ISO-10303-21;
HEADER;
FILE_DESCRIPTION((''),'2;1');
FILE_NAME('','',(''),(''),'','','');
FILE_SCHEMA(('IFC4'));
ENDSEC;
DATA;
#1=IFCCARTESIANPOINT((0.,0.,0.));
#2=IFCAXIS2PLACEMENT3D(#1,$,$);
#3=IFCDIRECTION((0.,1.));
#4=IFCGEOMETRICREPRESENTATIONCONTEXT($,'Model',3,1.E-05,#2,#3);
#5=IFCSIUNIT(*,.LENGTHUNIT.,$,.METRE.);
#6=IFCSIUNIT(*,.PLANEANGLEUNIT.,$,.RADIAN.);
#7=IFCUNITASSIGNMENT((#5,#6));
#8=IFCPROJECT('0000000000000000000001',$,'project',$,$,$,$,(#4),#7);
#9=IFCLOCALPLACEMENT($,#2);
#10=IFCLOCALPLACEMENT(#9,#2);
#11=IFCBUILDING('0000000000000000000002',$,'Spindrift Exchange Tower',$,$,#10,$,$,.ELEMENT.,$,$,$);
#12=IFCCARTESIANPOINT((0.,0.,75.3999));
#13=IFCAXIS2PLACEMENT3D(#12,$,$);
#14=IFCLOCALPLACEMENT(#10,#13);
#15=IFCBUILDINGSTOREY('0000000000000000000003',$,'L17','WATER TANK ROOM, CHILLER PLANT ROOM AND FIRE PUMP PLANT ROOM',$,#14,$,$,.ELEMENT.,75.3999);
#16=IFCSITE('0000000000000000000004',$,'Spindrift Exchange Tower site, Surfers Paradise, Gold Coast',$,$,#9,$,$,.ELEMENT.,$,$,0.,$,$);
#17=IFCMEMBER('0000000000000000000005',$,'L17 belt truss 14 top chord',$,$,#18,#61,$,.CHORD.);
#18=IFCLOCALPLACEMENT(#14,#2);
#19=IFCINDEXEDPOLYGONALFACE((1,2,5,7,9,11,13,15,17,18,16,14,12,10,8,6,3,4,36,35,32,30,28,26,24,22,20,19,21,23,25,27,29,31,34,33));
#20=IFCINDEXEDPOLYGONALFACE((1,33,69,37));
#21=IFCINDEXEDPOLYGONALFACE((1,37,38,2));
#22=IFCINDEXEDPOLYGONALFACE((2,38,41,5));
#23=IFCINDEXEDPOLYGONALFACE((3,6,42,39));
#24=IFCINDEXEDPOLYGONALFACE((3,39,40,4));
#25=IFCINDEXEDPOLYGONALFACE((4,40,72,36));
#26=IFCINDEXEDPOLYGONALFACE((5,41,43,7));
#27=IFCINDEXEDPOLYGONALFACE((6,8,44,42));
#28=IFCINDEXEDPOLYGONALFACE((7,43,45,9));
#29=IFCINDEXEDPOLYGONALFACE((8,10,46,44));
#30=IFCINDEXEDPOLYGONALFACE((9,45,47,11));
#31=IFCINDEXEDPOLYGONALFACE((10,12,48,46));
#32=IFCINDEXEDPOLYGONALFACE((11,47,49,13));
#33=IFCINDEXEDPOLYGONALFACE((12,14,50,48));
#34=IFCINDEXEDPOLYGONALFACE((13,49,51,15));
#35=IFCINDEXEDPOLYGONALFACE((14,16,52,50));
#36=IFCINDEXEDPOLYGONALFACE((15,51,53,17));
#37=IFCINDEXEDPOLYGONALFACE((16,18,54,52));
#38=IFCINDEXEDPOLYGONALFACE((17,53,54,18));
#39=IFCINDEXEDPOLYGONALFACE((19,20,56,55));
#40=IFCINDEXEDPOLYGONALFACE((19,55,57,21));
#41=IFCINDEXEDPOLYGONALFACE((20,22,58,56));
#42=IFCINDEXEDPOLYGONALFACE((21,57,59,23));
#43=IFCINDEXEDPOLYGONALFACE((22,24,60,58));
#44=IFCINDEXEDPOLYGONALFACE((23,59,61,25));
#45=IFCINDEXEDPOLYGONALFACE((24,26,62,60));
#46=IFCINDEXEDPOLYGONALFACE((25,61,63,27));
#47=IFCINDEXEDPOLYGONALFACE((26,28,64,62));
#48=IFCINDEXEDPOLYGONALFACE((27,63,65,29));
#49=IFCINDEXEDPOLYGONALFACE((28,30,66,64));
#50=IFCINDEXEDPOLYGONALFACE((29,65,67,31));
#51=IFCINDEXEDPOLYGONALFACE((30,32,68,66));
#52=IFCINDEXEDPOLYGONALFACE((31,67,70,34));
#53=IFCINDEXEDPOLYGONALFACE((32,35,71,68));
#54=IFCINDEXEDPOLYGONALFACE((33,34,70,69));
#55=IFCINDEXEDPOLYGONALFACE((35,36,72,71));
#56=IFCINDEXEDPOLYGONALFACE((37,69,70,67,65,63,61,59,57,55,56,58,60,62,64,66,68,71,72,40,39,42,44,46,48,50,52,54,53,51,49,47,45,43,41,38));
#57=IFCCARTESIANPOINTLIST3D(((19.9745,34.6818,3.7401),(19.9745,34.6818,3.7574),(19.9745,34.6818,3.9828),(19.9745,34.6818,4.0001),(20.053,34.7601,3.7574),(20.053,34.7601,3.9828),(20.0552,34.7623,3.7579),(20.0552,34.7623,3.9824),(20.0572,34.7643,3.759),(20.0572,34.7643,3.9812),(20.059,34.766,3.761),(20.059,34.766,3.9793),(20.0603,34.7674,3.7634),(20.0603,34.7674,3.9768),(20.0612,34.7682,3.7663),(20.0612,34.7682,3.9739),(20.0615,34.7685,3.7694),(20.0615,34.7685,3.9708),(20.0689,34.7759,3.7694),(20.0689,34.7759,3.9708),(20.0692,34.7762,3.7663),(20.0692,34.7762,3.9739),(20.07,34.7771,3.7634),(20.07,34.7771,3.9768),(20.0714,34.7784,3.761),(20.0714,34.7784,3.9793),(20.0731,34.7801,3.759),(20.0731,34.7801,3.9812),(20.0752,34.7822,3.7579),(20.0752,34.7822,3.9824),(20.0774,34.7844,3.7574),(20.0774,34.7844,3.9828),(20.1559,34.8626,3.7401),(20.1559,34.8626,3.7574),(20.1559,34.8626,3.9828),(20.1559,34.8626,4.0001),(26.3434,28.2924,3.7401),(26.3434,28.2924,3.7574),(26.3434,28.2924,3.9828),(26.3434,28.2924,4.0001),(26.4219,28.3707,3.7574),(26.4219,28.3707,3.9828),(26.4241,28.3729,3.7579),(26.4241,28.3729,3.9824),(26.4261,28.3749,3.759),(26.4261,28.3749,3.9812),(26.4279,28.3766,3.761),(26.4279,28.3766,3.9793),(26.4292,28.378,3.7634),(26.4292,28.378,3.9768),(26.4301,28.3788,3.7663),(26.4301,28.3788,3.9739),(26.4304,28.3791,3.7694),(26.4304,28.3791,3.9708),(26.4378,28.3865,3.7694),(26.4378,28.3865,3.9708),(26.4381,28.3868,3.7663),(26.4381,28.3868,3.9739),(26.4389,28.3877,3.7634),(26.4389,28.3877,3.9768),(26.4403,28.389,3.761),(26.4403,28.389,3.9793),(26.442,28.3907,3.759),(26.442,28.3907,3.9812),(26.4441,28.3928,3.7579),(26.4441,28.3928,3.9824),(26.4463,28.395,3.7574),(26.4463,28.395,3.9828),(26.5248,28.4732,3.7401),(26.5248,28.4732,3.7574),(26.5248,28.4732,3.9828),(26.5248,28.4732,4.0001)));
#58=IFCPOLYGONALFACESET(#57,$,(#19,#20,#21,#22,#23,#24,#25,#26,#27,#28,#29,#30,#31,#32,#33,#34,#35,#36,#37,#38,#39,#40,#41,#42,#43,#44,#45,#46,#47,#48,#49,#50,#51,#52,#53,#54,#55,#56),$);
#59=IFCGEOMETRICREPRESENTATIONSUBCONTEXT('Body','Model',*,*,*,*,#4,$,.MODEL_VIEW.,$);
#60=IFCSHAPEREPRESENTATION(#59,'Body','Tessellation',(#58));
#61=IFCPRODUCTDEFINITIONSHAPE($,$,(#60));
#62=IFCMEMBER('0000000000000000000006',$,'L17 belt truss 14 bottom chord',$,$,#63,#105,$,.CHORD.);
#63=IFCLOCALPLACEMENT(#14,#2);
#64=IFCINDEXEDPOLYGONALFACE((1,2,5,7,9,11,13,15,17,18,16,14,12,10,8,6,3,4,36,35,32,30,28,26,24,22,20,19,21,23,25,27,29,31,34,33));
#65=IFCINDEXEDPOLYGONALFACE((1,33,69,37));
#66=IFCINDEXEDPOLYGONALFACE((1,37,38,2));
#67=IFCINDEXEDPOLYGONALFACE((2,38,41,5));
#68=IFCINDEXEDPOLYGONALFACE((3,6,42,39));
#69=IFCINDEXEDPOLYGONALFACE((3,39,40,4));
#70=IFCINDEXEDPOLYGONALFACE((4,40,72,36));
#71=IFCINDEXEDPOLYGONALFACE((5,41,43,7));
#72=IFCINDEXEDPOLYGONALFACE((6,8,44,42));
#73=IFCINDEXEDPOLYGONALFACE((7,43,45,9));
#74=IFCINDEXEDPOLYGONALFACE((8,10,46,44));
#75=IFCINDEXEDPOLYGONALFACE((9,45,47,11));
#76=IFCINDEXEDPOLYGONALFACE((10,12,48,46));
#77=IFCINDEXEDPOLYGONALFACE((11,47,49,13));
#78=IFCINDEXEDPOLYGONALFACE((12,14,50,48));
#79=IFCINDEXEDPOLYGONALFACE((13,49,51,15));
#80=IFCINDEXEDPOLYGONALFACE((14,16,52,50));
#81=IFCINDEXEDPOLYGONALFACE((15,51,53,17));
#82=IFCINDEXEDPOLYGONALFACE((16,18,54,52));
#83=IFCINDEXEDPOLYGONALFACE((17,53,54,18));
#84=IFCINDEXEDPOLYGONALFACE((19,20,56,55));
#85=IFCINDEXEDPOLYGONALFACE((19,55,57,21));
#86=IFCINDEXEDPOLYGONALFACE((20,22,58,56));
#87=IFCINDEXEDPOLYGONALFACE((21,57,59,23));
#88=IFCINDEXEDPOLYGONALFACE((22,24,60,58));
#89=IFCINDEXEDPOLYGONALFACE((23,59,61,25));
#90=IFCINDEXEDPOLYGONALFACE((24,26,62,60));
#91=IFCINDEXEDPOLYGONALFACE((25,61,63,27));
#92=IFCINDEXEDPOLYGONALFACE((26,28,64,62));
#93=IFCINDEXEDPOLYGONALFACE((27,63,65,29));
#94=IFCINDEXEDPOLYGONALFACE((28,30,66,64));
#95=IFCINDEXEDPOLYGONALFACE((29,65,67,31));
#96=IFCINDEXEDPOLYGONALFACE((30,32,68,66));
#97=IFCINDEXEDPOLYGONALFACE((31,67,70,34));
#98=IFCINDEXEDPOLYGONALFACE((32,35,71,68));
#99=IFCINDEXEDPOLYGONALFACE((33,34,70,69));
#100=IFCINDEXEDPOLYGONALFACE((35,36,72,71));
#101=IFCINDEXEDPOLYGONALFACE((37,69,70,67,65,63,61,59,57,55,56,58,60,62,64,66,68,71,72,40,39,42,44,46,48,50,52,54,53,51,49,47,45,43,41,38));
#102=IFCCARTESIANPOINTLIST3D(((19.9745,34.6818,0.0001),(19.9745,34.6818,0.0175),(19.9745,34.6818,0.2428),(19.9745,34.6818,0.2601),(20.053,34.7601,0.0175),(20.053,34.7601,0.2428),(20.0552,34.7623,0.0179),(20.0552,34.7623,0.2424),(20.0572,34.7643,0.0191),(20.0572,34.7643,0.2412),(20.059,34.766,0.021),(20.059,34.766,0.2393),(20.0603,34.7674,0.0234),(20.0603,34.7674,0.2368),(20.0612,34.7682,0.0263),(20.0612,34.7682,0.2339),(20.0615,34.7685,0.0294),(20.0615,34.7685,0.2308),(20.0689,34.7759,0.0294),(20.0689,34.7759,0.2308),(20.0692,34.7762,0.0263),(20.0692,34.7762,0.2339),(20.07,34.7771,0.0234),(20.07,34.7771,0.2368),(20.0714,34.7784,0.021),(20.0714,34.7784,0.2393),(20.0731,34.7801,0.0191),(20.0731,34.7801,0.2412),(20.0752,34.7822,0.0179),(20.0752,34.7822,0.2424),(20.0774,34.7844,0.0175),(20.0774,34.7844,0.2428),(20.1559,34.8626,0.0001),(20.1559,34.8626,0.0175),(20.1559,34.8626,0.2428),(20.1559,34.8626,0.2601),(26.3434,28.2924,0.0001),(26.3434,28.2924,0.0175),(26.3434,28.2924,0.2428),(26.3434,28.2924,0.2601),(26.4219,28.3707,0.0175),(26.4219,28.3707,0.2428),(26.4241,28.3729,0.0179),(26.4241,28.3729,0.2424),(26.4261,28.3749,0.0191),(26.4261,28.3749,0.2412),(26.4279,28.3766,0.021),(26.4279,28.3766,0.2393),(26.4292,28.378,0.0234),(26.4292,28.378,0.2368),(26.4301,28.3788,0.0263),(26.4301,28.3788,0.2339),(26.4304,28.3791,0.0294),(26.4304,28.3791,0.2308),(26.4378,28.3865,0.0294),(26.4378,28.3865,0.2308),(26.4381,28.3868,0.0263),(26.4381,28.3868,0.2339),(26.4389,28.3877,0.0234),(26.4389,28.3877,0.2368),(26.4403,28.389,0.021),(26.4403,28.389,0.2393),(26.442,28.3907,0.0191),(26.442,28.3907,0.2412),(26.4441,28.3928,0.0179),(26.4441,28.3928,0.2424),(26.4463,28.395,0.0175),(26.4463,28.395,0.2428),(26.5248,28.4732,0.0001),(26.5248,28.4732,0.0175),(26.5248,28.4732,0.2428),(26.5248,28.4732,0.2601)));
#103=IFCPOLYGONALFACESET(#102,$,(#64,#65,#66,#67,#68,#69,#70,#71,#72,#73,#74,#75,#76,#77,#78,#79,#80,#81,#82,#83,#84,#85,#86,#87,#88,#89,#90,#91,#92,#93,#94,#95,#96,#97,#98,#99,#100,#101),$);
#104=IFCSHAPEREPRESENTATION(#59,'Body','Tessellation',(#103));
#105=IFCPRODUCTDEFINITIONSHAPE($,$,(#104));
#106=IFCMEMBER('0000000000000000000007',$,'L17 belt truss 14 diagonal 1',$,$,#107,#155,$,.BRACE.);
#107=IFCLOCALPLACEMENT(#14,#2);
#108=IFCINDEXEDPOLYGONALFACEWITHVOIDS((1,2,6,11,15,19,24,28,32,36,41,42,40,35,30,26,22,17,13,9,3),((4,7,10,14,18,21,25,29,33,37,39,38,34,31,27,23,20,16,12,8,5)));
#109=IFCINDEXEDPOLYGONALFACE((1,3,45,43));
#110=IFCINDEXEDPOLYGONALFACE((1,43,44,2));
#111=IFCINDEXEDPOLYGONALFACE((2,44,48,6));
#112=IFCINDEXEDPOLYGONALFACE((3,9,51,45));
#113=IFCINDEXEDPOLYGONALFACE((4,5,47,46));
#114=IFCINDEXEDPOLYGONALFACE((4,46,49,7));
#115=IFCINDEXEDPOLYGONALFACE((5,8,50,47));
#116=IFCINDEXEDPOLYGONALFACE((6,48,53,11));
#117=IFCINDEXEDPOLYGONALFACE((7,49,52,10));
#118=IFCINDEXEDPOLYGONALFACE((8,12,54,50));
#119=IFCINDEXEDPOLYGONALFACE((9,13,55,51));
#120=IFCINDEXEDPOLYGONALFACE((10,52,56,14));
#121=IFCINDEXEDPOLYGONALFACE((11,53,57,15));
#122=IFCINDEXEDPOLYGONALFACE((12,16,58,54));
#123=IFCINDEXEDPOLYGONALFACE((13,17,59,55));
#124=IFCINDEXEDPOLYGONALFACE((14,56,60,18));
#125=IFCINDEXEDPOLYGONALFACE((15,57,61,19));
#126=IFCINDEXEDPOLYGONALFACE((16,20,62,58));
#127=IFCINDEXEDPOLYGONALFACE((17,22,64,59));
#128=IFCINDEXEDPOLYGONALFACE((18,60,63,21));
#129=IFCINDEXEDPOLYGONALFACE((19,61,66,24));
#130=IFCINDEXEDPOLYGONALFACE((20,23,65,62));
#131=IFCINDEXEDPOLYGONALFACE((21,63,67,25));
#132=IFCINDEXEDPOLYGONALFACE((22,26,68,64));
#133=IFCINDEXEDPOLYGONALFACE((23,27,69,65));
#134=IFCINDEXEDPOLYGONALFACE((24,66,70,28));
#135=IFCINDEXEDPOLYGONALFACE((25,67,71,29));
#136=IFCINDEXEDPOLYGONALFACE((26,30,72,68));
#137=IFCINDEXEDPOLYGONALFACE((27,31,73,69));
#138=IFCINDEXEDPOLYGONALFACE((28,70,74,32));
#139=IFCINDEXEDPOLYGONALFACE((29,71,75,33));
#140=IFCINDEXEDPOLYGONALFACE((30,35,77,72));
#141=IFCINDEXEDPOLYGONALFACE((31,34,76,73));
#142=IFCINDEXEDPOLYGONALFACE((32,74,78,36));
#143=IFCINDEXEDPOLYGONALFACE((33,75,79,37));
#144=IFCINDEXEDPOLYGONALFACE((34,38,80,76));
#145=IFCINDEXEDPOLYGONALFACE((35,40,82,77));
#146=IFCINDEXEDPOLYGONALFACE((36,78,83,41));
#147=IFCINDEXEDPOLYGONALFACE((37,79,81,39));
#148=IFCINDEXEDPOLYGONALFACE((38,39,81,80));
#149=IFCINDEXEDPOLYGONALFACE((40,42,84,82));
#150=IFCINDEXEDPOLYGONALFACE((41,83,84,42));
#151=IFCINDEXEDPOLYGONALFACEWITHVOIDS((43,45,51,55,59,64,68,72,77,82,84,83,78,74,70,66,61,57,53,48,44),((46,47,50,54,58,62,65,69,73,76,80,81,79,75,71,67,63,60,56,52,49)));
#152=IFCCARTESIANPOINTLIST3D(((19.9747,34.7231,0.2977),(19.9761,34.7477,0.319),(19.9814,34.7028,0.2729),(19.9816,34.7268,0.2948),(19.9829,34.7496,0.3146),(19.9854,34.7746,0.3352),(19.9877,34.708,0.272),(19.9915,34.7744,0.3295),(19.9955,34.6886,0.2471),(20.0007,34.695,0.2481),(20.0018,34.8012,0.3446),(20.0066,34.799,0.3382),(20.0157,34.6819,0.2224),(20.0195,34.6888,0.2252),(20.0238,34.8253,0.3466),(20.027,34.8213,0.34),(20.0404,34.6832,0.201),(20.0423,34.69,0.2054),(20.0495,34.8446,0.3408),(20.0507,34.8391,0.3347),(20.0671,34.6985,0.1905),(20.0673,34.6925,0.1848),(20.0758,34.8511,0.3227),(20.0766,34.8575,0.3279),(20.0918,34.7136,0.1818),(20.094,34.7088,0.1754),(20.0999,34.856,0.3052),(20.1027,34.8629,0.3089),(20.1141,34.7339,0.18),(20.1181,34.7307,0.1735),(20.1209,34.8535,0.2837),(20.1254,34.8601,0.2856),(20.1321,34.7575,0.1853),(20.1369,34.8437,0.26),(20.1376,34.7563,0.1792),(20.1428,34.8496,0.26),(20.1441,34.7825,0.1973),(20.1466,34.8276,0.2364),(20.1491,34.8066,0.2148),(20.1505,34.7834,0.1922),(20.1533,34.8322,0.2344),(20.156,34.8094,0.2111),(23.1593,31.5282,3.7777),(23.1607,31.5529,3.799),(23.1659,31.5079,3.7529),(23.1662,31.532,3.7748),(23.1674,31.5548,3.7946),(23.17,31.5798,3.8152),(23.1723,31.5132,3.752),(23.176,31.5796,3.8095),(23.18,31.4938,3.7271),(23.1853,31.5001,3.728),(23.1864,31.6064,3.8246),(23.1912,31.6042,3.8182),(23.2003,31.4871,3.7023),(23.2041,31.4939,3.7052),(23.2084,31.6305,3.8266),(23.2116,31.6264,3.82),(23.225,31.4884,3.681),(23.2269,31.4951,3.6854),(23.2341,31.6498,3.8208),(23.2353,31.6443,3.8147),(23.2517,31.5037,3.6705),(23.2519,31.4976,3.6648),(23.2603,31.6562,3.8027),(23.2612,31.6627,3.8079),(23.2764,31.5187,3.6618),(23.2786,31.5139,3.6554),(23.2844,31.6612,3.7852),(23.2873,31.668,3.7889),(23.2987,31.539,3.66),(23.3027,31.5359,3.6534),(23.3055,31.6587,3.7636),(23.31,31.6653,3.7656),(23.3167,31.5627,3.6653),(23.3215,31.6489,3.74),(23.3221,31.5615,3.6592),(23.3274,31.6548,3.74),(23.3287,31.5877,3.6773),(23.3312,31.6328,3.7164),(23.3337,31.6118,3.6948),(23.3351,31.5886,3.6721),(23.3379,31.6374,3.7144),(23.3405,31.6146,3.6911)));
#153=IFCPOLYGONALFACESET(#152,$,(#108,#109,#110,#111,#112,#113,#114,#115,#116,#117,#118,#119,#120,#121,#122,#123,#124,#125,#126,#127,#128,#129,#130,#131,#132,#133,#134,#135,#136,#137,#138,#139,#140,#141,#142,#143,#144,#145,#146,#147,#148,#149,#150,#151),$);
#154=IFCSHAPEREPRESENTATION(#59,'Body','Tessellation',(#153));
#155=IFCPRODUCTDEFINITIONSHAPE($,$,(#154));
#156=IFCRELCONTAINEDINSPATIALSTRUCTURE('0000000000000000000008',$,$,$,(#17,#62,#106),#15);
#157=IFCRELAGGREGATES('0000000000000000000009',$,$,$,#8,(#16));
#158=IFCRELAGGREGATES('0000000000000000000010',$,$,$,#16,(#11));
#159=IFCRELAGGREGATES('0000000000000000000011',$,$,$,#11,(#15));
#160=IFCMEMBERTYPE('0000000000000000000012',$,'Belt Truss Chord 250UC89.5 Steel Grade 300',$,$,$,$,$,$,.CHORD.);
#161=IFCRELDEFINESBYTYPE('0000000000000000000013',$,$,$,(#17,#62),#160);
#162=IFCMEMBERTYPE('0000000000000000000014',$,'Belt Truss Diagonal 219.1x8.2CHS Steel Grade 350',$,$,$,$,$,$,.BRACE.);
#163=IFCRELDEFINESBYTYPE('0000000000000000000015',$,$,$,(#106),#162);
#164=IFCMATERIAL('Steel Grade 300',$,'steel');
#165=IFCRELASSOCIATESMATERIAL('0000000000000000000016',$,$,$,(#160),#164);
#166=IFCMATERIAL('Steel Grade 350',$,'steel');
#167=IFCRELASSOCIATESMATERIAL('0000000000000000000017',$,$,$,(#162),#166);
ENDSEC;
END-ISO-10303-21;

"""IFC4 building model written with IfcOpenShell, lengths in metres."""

from ifc_helpers import new_model, si_unit, direction, frame, origin, origin_2d, place, context, subcontext, project, spatial, hollow_circle, i_section, extrude, source, transform, mapped, material, material_profile, profile_set, type_object, element, save


model = new_model("IFC4")

# Units and contexts
model_context = context("Model", 3, precision=1e-05, world=origin(), true_north=direction((0.0, 1.0)))
body_context = subcontext(model_context, "Body", "Model", "MODEL_VIEW")
ifc_project = project(units=[si_unit("LENGTHUNIT", "METRE"), si_unit("PLANEANGLEUNIT", "RADIAN")], contexts=[model_context])

# Site, building, storey
site_placement = place(None, origin())
site = spatial("IfcSite", under=ifc_project, at=site_placement, Name="Spindrift Exchange Tower site, Surfers Paradise, Gold Coast", CompositionType="ELEMENT", RefElevation=0.0)
building_placement = place(site_placement, origin())
building = spatial("IfcBuilding", under=site, at=building_placement, Name="Spindrift Exchange Tower", CompositionType="ELEMENT")
storey_placement = place(building_placement, frame((0.0, 0.0, 75.3999)))
storey = spatial("IfcBuildingStorey", under=building, at=storey_placement, Name="L17", Description="WATER TANK ROOM, CHILLER PLANT ROOM AND FIRE PUMP PLANT ROOM", CompositionType="ELEMENT", Elevation=75.3999)

# Shared definitions
ifc_material_1 = material(Name="Steel Grade 300", Category="steel")

# Members
ifc_material_profile_1 = material_profile(ifc_material_1, i_section(OverallWidth=0.2561, OverallDepth=0.26, WebThickness=0.0105, FlangeThickness=0.0173, FilletRadius=0.012, at=origin_2d()), Name="250UC89.5")
ifc_profile_set_1 = profile_set([ifc_material_profile_1], Name="Steel Grade 300")
member_type_1 = type_object("IfcMemberType", Name="Belt Truss Chord 250UC89.5 Steel Grade 300", PredefinedType="CHORD", material=ifc_profile_set_1)
shared_shape_1 = source(origin(), body_context, "Body", "SweptSolid", [
    extrude(i_section(OverallWidth=0.2561, OverallDepth=0.26, WebThickness=0.0105, FlangeThickness=0.0173, FilletRadius=0.012, at=origin_2d()), origin(), (0.0, 0.0, 1.0), 9.0215),
])
for number, where, z_axis, x_axis, name in (
    (1, (20.0652, 34.7722, 3.8701), (0.705969, -0.708242, 0.0), (0.708242, 0.705969, 0.0), "L17 belt truss 14 top chord"),
    (2, (20.0652, 34.7722, 0.1301), (0.705969, -0.708242, 0.0), (0.708242, 0.705969, 0.0), "L17 belt truss 14 bottom chord"),
):
    element("IfcMember", number, at=place(storey_placement, frame(where, z_axis=z_axis, x_axis=x_axis)), inside=storey, type_object=member_type_1, Name=name, PredefinedType="CHORD", context=body_context, shape_type="MappedRepresentation", body=[
        mapped(shared_shape_1, transform((0.0, 0.0, 0.0), scale=1.0)),
    ])
ifc_material_2 = material(Name="Steel Grade 350", Category="steel")
ifc_material_profile_2 = material_profile(ifc_material_2, hollow_circle(Radius=0.1096, WallThickness=0.0083, at=origin_2d()), Name="219.1x8.2CHS")
ifc_profile_set_2 = profile_set([ifc_material_profile_2], Name="Steel Grade 350")
member_type_2 = type_object("IfcMemberType", Name="Belt Truss Diagonal 219.1x8.2CHS Steel Grade 350", PredefinedType="BRACE", material=ifc_profile_set_2)
shared_shape_2 = source(origin(), body_context, "Body", "SweptSolid", [
    extrude(hollow_circle(Radius=0.1096, WallThickness=0.0083, at=origin_2d()), origin(), (0.0, 0.0, 1.0), 5.6973),
])
member_1_placement = place(storey_placement, frame((20.0652, 34.7722, 0.26), z_axis=(0.558966, -0.560766, 0.610818), x_axis=(0.708242, 0.705969, 0.0)))
element("IfcMember", 3, at=member_1_placement, inside=storey, type_object=member_type_2, Name="L17 belt truss 14 diagonal 1", PredefinedType="BRACE", context=body_context, shape_type="MappedRepresentation", body=[
    mapped(shared_shape_2, transform((0.0, 0.0, 0.0), scale=1.0)),
])

save(model, "model.ifc")
